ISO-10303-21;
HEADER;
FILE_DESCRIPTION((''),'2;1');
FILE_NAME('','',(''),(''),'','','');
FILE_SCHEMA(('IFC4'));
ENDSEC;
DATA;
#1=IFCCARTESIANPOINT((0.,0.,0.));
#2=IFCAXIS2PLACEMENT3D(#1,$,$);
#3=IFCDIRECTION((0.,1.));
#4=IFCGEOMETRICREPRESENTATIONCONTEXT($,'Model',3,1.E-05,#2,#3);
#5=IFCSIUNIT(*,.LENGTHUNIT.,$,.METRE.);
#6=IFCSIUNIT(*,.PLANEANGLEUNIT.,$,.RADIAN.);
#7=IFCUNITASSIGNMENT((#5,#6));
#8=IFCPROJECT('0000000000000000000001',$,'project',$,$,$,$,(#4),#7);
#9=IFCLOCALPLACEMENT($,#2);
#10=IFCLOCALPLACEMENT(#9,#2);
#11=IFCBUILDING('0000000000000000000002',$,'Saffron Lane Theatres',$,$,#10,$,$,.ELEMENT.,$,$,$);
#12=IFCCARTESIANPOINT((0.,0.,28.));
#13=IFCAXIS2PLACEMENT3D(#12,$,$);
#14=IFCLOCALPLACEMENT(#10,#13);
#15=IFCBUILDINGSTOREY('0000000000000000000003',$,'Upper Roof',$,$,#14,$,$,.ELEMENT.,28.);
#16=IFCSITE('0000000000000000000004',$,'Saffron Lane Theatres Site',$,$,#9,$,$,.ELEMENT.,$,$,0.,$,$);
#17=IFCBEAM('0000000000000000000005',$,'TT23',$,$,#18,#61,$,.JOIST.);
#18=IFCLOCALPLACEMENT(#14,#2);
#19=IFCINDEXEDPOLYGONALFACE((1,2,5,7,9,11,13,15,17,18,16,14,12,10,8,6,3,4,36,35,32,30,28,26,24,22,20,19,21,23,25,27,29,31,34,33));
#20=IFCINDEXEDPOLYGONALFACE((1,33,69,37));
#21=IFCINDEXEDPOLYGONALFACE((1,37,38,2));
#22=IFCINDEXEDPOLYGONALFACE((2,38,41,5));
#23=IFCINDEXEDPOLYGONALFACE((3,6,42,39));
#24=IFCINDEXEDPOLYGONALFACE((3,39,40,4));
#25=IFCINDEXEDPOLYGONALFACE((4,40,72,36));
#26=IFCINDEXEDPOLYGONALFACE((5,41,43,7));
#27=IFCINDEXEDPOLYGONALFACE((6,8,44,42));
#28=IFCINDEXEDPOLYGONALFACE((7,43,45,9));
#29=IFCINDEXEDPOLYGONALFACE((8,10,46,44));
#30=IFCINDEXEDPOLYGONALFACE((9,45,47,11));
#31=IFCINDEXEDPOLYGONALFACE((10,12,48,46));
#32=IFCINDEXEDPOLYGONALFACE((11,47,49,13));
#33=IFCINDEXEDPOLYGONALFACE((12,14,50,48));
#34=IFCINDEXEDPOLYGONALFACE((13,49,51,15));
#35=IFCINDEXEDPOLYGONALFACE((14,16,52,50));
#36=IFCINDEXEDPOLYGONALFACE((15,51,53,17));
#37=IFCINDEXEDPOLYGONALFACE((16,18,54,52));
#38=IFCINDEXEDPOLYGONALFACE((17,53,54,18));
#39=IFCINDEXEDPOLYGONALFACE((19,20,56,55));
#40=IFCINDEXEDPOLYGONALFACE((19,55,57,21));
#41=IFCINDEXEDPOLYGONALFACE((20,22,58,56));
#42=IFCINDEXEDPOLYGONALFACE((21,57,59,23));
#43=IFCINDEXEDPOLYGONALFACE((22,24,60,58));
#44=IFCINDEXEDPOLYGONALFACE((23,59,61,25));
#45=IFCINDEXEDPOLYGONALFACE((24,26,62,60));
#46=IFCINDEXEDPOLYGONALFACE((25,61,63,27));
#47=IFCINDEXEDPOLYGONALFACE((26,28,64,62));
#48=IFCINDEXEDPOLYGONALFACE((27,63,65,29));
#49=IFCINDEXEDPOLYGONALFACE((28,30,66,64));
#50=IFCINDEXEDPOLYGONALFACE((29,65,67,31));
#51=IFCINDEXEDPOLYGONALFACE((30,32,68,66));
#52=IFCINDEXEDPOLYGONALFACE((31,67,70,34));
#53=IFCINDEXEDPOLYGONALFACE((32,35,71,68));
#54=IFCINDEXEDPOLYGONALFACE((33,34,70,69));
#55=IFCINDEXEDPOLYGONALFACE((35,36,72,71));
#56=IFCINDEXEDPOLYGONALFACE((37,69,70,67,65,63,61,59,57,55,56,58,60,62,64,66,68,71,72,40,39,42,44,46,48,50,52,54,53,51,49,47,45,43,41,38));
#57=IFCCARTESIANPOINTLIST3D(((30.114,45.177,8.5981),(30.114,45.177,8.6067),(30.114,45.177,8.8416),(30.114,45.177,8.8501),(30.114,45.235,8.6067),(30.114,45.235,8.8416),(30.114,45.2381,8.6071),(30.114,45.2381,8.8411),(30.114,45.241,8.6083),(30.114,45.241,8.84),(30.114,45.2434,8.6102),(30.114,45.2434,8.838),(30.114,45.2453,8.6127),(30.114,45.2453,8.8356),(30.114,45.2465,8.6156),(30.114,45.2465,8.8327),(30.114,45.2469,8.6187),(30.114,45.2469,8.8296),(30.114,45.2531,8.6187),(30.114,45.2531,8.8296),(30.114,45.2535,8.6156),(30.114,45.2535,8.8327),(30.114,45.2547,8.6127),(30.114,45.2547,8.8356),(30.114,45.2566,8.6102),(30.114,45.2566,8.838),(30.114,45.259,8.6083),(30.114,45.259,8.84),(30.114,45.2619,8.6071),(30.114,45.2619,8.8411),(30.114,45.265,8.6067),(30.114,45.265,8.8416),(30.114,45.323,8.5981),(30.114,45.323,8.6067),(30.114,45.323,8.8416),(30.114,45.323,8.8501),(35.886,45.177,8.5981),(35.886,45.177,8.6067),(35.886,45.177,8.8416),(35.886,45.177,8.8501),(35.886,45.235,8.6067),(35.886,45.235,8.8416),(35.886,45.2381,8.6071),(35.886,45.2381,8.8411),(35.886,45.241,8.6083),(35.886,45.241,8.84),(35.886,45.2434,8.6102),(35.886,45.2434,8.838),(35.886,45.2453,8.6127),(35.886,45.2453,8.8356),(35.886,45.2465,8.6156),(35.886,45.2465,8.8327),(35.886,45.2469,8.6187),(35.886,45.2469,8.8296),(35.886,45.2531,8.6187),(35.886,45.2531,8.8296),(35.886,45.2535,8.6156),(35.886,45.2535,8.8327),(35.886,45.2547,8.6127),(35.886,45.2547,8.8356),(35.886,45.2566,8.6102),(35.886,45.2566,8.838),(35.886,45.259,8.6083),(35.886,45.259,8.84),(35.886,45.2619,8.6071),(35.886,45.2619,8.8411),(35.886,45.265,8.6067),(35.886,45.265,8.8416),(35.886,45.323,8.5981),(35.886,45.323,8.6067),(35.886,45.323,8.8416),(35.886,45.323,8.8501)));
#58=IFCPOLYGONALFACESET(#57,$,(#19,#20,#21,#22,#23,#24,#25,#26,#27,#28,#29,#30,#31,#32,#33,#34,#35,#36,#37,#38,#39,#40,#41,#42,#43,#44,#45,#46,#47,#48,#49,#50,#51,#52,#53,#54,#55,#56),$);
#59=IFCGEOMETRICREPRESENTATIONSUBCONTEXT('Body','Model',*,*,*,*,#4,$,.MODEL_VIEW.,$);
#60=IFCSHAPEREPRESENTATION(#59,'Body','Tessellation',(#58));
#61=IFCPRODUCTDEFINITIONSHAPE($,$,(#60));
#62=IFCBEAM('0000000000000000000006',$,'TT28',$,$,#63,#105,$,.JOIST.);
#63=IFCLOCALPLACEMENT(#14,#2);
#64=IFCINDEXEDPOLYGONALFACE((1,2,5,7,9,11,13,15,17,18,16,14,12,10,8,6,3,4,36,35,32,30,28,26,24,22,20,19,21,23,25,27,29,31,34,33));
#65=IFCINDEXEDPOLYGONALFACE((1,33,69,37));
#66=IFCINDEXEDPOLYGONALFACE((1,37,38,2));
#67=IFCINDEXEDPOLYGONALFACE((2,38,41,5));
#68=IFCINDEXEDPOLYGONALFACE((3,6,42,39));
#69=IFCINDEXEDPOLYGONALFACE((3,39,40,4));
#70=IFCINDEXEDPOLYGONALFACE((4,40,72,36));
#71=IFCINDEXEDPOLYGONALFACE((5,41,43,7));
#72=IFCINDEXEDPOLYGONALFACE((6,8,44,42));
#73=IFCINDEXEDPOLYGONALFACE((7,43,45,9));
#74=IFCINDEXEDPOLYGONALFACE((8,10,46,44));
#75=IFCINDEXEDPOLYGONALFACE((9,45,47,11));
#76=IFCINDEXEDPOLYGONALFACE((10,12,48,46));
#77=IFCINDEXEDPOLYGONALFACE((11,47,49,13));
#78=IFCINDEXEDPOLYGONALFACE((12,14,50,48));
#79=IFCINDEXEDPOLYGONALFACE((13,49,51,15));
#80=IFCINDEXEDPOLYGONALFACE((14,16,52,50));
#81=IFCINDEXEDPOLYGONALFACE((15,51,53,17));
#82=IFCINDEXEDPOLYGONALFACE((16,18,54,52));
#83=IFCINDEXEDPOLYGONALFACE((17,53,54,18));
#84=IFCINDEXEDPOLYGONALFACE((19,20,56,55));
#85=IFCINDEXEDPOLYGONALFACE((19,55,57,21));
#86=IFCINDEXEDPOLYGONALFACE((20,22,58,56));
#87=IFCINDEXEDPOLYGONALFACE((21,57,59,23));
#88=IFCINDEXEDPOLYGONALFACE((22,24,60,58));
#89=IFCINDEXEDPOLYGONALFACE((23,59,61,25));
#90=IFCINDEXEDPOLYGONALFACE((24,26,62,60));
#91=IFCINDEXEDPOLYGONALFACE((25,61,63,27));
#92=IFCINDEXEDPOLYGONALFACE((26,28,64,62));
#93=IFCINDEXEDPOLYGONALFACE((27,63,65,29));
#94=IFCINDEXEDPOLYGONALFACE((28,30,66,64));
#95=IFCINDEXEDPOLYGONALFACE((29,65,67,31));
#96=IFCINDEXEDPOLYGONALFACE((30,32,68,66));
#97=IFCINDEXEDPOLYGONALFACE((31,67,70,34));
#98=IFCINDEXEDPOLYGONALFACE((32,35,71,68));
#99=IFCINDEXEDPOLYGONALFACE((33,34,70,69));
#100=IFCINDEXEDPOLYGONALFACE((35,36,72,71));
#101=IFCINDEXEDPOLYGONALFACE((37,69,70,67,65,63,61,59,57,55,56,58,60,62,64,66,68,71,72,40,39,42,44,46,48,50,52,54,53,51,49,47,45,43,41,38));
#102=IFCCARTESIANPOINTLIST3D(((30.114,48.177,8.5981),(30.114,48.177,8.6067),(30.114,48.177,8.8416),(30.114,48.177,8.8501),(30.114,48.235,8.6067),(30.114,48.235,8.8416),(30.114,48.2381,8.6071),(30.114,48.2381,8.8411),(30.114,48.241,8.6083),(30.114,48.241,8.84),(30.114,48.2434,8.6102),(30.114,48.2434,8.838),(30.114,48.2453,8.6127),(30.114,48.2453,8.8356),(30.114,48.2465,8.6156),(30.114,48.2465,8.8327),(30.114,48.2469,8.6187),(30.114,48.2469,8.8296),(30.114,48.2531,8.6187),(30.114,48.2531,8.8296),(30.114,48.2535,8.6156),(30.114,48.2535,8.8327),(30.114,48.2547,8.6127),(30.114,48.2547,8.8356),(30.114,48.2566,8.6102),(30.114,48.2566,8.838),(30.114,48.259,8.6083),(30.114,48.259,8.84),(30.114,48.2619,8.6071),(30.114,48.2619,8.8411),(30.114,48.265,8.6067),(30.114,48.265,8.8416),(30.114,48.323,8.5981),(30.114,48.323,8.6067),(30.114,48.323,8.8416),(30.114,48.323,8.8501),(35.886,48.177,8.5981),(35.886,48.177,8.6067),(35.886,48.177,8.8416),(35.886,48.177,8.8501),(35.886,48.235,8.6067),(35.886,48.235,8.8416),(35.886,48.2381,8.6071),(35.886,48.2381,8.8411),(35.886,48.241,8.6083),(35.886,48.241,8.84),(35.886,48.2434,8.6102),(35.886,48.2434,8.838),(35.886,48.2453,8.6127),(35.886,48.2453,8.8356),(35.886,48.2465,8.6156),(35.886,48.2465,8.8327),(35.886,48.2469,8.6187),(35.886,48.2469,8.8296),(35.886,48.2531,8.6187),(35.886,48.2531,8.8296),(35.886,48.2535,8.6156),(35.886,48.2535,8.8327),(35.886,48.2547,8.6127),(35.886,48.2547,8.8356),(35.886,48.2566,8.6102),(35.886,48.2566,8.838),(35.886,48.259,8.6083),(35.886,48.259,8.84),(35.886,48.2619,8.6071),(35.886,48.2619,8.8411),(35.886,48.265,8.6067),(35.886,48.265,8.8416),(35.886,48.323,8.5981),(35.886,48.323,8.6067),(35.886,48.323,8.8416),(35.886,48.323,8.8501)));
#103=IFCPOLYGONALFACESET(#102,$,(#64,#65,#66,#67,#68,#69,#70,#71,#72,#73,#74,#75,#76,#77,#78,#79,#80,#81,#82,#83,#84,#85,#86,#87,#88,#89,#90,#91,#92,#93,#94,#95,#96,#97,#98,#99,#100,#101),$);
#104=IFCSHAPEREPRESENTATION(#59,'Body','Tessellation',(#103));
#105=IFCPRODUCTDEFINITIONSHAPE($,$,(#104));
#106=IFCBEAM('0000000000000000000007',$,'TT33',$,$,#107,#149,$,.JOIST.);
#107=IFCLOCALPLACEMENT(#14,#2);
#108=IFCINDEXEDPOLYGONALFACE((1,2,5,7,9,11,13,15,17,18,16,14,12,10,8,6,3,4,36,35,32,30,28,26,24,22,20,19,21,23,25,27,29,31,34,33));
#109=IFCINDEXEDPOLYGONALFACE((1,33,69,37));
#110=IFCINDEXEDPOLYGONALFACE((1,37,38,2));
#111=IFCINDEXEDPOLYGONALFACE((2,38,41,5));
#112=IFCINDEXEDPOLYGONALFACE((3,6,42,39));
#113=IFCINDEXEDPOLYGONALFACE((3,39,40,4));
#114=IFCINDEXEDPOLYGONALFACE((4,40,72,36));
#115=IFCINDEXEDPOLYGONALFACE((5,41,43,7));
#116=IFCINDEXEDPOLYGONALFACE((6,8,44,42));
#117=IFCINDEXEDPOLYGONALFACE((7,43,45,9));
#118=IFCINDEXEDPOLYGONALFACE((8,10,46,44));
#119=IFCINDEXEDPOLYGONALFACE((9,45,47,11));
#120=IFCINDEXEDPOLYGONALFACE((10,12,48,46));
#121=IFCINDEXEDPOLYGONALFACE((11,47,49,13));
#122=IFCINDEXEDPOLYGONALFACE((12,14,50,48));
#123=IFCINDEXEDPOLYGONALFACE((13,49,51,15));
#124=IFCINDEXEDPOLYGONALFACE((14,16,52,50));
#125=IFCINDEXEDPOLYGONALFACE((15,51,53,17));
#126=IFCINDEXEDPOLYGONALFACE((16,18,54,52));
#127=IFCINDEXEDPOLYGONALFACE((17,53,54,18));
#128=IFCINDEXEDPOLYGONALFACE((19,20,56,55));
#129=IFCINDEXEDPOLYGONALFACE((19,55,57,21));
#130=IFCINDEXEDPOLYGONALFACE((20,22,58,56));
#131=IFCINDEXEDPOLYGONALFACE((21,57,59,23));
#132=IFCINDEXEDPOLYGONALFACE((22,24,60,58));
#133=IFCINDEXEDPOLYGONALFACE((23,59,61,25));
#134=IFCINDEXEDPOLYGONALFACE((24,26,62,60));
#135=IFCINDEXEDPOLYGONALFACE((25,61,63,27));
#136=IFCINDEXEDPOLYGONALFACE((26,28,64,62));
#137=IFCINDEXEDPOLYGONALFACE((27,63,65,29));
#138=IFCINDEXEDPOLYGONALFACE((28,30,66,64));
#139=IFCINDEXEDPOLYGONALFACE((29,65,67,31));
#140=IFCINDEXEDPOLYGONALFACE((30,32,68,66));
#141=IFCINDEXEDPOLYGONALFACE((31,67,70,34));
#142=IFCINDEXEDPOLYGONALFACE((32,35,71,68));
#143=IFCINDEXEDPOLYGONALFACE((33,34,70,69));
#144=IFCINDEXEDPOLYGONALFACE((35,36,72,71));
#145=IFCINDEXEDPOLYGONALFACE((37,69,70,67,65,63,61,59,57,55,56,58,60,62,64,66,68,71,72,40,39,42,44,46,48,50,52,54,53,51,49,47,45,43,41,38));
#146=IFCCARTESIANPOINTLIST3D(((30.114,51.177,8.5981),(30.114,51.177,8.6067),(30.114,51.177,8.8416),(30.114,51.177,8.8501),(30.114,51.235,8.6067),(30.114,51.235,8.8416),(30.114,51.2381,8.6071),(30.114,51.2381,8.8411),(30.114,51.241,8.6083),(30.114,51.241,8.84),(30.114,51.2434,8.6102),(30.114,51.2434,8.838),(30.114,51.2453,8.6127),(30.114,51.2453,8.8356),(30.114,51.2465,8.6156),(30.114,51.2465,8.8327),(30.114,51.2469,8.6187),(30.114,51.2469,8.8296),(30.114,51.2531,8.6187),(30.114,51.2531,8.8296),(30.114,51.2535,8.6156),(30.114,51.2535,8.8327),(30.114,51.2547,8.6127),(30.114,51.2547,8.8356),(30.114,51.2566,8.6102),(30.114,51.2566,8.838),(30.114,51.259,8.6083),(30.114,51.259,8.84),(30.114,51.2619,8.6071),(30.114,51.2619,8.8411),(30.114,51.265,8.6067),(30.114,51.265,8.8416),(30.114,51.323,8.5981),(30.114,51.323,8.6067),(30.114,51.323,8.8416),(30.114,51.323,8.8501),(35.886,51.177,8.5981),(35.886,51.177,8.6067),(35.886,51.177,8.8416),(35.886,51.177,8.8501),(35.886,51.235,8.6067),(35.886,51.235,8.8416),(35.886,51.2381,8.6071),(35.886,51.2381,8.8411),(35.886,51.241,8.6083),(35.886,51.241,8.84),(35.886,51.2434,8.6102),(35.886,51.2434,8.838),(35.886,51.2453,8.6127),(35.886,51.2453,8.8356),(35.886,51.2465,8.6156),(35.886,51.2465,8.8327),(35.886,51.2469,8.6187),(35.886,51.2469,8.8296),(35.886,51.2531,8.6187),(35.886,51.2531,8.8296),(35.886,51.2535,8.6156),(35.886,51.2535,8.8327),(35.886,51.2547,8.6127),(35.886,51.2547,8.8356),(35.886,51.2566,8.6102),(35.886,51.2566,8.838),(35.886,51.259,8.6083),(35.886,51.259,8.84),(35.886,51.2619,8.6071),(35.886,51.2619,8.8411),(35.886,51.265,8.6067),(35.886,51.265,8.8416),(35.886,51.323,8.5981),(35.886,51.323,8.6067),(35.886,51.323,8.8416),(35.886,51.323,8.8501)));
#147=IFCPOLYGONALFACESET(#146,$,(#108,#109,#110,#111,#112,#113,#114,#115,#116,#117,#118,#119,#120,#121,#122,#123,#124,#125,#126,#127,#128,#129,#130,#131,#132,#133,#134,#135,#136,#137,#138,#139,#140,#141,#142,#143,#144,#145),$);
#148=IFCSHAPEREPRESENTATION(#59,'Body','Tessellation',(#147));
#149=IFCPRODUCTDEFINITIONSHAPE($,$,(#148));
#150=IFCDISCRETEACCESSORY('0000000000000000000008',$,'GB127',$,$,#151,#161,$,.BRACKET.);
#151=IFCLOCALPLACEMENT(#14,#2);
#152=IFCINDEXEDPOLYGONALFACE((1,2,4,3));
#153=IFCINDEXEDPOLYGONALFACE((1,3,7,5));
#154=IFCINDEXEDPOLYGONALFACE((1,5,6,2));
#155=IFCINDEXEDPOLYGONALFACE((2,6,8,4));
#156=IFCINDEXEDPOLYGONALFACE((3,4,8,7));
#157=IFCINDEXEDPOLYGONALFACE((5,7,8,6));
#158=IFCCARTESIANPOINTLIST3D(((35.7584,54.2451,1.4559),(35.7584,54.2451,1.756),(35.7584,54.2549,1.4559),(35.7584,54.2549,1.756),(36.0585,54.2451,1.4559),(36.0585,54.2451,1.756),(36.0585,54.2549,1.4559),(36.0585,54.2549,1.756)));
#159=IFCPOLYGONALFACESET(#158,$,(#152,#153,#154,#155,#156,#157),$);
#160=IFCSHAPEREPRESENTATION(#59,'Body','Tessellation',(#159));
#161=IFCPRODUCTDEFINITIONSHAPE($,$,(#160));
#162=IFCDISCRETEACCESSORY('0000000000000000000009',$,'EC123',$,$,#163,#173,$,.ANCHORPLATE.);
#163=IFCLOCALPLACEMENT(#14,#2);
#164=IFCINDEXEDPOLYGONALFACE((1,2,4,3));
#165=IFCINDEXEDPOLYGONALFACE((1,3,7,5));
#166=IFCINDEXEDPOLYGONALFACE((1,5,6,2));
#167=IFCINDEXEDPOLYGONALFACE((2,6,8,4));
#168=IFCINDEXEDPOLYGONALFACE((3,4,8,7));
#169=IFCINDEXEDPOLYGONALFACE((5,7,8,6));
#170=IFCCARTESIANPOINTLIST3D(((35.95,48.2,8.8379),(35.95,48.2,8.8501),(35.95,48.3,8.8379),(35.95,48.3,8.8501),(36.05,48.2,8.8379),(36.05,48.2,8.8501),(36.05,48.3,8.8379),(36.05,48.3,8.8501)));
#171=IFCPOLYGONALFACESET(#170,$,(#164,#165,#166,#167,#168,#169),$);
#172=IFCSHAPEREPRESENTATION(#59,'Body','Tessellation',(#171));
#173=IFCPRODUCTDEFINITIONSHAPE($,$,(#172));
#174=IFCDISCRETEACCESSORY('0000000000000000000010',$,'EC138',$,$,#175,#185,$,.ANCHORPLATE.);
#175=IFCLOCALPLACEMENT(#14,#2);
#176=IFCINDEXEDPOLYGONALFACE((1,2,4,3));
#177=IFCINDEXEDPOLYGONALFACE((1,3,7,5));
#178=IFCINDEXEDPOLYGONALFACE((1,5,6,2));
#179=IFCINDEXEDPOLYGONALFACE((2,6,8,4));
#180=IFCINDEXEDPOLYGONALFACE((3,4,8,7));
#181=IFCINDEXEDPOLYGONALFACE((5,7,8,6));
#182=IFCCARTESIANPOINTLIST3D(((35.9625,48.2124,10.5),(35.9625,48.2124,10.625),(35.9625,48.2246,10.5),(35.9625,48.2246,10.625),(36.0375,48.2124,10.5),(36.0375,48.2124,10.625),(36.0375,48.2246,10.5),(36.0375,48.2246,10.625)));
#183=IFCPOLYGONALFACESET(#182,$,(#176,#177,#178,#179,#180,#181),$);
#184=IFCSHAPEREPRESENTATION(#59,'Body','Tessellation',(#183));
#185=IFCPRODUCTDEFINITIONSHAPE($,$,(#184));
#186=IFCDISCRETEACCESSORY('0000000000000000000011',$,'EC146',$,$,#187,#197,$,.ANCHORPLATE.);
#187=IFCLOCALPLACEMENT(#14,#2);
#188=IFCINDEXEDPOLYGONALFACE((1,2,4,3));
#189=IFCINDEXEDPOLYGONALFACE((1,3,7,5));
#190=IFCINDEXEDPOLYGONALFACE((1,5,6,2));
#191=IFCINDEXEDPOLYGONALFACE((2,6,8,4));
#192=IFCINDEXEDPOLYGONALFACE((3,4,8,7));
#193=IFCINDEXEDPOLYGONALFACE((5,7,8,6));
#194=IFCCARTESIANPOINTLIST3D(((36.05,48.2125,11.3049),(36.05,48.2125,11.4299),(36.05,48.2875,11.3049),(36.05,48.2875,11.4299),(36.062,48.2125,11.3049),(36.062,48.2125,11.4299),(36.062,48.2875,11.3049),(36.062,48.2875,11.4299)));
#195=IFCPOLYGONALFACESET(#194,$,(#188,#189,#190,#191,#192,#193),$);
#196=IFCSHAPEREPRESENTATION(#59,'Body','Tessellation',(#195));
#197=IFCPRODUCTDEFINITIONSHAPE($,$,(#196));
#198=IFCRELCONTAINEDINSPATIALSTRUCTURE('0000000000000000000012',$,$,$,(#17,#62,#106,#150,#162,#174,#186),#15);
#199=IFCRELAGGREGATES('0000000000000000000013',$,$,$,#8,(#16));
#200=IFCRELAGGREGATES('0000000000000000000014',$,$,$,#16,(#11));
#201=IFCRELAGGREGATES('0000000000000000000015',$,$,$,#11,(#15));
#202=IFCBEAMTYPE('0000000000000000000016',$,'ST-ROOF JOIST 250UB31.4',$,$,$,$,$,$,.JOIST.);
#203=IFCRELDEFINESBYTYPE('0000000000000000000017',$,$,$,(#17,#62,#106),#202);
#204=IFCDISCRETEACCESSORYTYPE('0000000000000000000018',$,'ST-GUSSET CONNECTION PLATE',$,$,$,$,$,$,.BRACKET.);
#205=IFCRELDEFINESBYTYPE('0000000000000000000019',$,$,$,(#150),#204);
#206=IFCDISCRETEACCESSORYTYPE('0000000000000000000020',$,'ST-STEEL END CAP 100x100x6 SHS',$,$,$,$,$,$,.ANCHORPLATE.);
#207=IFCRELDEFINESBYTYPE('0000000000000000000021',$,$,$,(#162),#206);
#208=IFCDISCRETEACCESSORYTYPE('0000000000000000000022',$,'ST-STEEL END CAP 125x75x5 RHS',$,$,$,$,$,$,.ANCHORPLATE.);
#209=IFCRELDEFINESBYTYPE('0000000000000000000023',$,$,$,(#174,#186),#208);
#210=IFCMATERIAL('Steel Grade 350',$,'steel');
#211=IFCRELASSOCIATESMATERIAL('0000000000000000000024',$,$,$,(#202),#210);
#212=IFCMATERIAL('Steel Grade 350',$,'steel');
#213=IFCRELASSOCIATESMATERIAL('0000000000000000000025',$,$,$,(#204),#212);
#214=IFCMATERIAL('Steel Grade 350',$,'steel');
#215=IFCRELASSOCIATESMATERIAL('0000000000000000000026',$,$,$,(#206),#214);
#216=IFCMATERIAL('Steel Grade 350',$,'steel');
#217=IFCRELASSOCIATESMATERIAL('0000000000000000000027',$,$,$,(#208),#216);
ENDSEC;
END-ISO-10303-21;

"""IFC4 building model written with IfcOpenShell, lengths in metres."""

from ifc_helpers import new_model, si_unit, direction, frame, origin, origin_2d, place, context, subcontext, project, spatial, rectangle, i_section, extrude, material, material_profile, profile_set, type_object, element, save


model = new_model("IFC4")

# Units and contexts
model_context = context("Model", 3, precision=1e-05, world=origin(), true_north=direction((0.0, 1.0)))
body_context = subcontext(model_context, "Body", "Model", "MODEL_VIEW")
ifc_project = project(units=[si_unit("LENGTHUNIT", "METRE"), si_unit("PLANEANGLEUNIT", "RADIAN")], contexts=[model_context])

# Site, building, storey
site_placement = place(None, origin())
site = spatial("IfcSite", under=ifc_project, at=site_placement, Name="Saffron Lane Theatres Site", CompositionType="ELEMENT", RefElevation=0.0)
building_placement = place(site_placement, origin())
building = spatial("IfcBuilding", under=site, at=building_placement, Name="Saffron Lane Theatres", CompositionType="ELEMENT")
storey_placement = place(building_placement, frame((0.0, 0.0, 28.0)))
storey = spatial("IfcBuildingStorey", under=building, at=storey_placement, Name="Upper Roof", CompositionType="ELEMENT", Elevation=28.0)

# Beams
ifc_material_1 = material(Name="Steel Grade 350", Category="steel")
ifc_material_profile_1 = material_profile(ifc_material_1, i_section(OverallWidth=0.146, OverallDepth=0.252, WebThickness=0.0061, FlangeThickness=0.0085, FilletRadius=0.012, at=origin_2d()))
ifc_profile_set_1 = profile_set([ifc_material_profile_1], Name="Steel Grade 350")
beam_type = type_object("IfcBeamType", Name="ST-ROOF JOIST 250UB31.4", PredefinedType="JOIST", material=ifc_profile_set_1)
for number, where, z_axis, x_axis, name in (
    (1, (30.114, 45.25, 8.7241), (1.0, 0.0, 0.0), (0.0, 1.0, 0.0), "TT23"),
    (2, (30.114, 48.25, 8.7241), (1.0, 0.0, 0.0), (0.0, 1.0, 0.0), "TT28"),
    (3, (30.114, 51.25, 8.7241), (1.0, 0.0, 0.0), (0.0, 1.0, 0.0), "TT33"),
):
    element("IfcBeam", number, at=place(storey_placement, frame(where, z_axis=z_axis, x_axis=x_axis)), inside=storey, type_object=beam_type, Name=name, PredefinedType="JOIST", context=body_context, shape_type="SweptSolid", body=[
        extrude(i_section(OverallWidth=0.146, OverallDepth=0.252, WebThickness=0.0061, FlangeThickness=0.0085, FilletRadius=0.012, at=origin_2d()), origin(), (0.0, 0.0, 1.0), 5.772),
    ])

# Discrete accessories
ifc_material_2 = material(Name="Steel Grade 350", Category="steel")
ifc_material_profile_2 = material_profile(ifc_material_2, rectangle(XDim=0.3, YDim=0.3, at=origin_2d()))
ifc_profile_set_2 = profile_set([ifc_material_profile_2], Name="Steel Grade 350")
discrete_accessory_type_1 = type_object("IfcDiscreteAccessoryType", Name="ST-GUSSET CONNECTION PLATE", PredefinedType="BRACKET", material=ifc_profile_set_2)
discrete_accessory_1_placement = place(storey_placement, frame((35.9084, 54.2451, 1.606), z_axis=(0.0, 1.0, 0.0), x_axis=(-1.0, 0.0, 0.0)))
element("IfcDiscreteAccessory", 4, at=discrete_accessory_1_placement, inside=storey, type_object=discrete_accessory_type_1, Name="GB127", PredefinedType="BRACKET", context=body_context, shape_type="SweptSolid", body=[
    extrude(rectangle(XDim=0.3, YDim=0.3, at=origin_2d()), origin(), (0.0, 0.0, 1.0), 0.0098),
])
ifc_material_3 = material(Name="Steel Grade 350", Category="steel")
ifc_material_profile_3 = material_profile(ifc_material_3, rectangle(XDim=0.1001, YDim=0.1001, at=origin_2d()))
ifc_profile_set_3 = profile_set([ifc_material_profile_3], Name="Steel Grade 350")
discrete_accessory_type_2 = type_object("IfcDiscreteAccessoryType", Name="ST-STEEL END CAP 100x100x6 SHS", PredefinedType="ANCHORPLATE", material=ifc_profile_set_3)
discrete_accessory_2_placement = place(storey_placement, frame((36.0, 48.25, 8.8379), z_axis=(0.0, 0.0, 1.0), x_axis=(1.0, 0.0, 0.0)))
element("IfcDiscreteAccessory", 5, at=discrete_accessory_2_placement, inside=storey, type_object=discrete_accessory_type_2, Name="EC123", PredefinedType="ANCHORPLATE", context=body_context, shape_type="SweptSolid", body=[
    extrude(rectangle(XDim=0.1001, YDim=0.1001, at=origin_2d()), origin(), (0.0, 0.0, 1.0), 0.0122),
])
ifc_material_4 = material(Name="Steel Grade 350", Category="steel")
ifc_material_profile_4 = material_profile(ifc_material_4, rectangle(XDim=0.075, YDim=0.125, at=origin_2d()))
ifc_profile_set_4 = profile_set([ifc_material_profile_4], Name="Steel Grade 350")
discrete_accessory_type_3 = type_object("IfcDiscreteAccessoryType", Name="ST-STEEL END CAP 125x75x5 RHS", PredefinedType="ANCHORPLATE", material=ifc_profile_set_4)
discrete_accessory_3_placement = place(storey_placement, frame((36.0, 48.2124, 10.5625), z_axis=(0.0, 1.0, 0.0), x_axis=(-1.0, 0.0, 0.0)))
element("IfcDiscreteAccessory", 6, at=discrete_accessory_3_placement, inside=storey, type_object=discrete_accessory_type_3, Name="EC138", PredefinedType="ANCHORPLATE", context=body_context, shape_type="SweptSolid", body=[
    extrude(rectangle(XDim=0.075, YDim=0.125, at=origin_2d()), origin(), (0.0, 0.0, 1.0), 0.0122),
])
discrete_accessory_4_placement = place(storey_placement, frame((36.05, 48.25, 11.3674), z_axis=(1.0, 0.0, 0.0), x_axis=(0.0, 1.0, 0.0)))
element("IfcDiscreteAccessory", 7, at=discrete_accessory_4_placement, inside=storey, type_object=discrete_accessory_type_3, Name="EC146", PredefinedType="ANCHORPLATE", context=body_context, shape_type="SweptSolid", body=[
    extrude(rectangle(XDim=0.075, YDim=0.125, at=origin_2d()), origin(), (0.0, 0.0, 1.0), 0.012),
])

save(model, "model.ifc")
